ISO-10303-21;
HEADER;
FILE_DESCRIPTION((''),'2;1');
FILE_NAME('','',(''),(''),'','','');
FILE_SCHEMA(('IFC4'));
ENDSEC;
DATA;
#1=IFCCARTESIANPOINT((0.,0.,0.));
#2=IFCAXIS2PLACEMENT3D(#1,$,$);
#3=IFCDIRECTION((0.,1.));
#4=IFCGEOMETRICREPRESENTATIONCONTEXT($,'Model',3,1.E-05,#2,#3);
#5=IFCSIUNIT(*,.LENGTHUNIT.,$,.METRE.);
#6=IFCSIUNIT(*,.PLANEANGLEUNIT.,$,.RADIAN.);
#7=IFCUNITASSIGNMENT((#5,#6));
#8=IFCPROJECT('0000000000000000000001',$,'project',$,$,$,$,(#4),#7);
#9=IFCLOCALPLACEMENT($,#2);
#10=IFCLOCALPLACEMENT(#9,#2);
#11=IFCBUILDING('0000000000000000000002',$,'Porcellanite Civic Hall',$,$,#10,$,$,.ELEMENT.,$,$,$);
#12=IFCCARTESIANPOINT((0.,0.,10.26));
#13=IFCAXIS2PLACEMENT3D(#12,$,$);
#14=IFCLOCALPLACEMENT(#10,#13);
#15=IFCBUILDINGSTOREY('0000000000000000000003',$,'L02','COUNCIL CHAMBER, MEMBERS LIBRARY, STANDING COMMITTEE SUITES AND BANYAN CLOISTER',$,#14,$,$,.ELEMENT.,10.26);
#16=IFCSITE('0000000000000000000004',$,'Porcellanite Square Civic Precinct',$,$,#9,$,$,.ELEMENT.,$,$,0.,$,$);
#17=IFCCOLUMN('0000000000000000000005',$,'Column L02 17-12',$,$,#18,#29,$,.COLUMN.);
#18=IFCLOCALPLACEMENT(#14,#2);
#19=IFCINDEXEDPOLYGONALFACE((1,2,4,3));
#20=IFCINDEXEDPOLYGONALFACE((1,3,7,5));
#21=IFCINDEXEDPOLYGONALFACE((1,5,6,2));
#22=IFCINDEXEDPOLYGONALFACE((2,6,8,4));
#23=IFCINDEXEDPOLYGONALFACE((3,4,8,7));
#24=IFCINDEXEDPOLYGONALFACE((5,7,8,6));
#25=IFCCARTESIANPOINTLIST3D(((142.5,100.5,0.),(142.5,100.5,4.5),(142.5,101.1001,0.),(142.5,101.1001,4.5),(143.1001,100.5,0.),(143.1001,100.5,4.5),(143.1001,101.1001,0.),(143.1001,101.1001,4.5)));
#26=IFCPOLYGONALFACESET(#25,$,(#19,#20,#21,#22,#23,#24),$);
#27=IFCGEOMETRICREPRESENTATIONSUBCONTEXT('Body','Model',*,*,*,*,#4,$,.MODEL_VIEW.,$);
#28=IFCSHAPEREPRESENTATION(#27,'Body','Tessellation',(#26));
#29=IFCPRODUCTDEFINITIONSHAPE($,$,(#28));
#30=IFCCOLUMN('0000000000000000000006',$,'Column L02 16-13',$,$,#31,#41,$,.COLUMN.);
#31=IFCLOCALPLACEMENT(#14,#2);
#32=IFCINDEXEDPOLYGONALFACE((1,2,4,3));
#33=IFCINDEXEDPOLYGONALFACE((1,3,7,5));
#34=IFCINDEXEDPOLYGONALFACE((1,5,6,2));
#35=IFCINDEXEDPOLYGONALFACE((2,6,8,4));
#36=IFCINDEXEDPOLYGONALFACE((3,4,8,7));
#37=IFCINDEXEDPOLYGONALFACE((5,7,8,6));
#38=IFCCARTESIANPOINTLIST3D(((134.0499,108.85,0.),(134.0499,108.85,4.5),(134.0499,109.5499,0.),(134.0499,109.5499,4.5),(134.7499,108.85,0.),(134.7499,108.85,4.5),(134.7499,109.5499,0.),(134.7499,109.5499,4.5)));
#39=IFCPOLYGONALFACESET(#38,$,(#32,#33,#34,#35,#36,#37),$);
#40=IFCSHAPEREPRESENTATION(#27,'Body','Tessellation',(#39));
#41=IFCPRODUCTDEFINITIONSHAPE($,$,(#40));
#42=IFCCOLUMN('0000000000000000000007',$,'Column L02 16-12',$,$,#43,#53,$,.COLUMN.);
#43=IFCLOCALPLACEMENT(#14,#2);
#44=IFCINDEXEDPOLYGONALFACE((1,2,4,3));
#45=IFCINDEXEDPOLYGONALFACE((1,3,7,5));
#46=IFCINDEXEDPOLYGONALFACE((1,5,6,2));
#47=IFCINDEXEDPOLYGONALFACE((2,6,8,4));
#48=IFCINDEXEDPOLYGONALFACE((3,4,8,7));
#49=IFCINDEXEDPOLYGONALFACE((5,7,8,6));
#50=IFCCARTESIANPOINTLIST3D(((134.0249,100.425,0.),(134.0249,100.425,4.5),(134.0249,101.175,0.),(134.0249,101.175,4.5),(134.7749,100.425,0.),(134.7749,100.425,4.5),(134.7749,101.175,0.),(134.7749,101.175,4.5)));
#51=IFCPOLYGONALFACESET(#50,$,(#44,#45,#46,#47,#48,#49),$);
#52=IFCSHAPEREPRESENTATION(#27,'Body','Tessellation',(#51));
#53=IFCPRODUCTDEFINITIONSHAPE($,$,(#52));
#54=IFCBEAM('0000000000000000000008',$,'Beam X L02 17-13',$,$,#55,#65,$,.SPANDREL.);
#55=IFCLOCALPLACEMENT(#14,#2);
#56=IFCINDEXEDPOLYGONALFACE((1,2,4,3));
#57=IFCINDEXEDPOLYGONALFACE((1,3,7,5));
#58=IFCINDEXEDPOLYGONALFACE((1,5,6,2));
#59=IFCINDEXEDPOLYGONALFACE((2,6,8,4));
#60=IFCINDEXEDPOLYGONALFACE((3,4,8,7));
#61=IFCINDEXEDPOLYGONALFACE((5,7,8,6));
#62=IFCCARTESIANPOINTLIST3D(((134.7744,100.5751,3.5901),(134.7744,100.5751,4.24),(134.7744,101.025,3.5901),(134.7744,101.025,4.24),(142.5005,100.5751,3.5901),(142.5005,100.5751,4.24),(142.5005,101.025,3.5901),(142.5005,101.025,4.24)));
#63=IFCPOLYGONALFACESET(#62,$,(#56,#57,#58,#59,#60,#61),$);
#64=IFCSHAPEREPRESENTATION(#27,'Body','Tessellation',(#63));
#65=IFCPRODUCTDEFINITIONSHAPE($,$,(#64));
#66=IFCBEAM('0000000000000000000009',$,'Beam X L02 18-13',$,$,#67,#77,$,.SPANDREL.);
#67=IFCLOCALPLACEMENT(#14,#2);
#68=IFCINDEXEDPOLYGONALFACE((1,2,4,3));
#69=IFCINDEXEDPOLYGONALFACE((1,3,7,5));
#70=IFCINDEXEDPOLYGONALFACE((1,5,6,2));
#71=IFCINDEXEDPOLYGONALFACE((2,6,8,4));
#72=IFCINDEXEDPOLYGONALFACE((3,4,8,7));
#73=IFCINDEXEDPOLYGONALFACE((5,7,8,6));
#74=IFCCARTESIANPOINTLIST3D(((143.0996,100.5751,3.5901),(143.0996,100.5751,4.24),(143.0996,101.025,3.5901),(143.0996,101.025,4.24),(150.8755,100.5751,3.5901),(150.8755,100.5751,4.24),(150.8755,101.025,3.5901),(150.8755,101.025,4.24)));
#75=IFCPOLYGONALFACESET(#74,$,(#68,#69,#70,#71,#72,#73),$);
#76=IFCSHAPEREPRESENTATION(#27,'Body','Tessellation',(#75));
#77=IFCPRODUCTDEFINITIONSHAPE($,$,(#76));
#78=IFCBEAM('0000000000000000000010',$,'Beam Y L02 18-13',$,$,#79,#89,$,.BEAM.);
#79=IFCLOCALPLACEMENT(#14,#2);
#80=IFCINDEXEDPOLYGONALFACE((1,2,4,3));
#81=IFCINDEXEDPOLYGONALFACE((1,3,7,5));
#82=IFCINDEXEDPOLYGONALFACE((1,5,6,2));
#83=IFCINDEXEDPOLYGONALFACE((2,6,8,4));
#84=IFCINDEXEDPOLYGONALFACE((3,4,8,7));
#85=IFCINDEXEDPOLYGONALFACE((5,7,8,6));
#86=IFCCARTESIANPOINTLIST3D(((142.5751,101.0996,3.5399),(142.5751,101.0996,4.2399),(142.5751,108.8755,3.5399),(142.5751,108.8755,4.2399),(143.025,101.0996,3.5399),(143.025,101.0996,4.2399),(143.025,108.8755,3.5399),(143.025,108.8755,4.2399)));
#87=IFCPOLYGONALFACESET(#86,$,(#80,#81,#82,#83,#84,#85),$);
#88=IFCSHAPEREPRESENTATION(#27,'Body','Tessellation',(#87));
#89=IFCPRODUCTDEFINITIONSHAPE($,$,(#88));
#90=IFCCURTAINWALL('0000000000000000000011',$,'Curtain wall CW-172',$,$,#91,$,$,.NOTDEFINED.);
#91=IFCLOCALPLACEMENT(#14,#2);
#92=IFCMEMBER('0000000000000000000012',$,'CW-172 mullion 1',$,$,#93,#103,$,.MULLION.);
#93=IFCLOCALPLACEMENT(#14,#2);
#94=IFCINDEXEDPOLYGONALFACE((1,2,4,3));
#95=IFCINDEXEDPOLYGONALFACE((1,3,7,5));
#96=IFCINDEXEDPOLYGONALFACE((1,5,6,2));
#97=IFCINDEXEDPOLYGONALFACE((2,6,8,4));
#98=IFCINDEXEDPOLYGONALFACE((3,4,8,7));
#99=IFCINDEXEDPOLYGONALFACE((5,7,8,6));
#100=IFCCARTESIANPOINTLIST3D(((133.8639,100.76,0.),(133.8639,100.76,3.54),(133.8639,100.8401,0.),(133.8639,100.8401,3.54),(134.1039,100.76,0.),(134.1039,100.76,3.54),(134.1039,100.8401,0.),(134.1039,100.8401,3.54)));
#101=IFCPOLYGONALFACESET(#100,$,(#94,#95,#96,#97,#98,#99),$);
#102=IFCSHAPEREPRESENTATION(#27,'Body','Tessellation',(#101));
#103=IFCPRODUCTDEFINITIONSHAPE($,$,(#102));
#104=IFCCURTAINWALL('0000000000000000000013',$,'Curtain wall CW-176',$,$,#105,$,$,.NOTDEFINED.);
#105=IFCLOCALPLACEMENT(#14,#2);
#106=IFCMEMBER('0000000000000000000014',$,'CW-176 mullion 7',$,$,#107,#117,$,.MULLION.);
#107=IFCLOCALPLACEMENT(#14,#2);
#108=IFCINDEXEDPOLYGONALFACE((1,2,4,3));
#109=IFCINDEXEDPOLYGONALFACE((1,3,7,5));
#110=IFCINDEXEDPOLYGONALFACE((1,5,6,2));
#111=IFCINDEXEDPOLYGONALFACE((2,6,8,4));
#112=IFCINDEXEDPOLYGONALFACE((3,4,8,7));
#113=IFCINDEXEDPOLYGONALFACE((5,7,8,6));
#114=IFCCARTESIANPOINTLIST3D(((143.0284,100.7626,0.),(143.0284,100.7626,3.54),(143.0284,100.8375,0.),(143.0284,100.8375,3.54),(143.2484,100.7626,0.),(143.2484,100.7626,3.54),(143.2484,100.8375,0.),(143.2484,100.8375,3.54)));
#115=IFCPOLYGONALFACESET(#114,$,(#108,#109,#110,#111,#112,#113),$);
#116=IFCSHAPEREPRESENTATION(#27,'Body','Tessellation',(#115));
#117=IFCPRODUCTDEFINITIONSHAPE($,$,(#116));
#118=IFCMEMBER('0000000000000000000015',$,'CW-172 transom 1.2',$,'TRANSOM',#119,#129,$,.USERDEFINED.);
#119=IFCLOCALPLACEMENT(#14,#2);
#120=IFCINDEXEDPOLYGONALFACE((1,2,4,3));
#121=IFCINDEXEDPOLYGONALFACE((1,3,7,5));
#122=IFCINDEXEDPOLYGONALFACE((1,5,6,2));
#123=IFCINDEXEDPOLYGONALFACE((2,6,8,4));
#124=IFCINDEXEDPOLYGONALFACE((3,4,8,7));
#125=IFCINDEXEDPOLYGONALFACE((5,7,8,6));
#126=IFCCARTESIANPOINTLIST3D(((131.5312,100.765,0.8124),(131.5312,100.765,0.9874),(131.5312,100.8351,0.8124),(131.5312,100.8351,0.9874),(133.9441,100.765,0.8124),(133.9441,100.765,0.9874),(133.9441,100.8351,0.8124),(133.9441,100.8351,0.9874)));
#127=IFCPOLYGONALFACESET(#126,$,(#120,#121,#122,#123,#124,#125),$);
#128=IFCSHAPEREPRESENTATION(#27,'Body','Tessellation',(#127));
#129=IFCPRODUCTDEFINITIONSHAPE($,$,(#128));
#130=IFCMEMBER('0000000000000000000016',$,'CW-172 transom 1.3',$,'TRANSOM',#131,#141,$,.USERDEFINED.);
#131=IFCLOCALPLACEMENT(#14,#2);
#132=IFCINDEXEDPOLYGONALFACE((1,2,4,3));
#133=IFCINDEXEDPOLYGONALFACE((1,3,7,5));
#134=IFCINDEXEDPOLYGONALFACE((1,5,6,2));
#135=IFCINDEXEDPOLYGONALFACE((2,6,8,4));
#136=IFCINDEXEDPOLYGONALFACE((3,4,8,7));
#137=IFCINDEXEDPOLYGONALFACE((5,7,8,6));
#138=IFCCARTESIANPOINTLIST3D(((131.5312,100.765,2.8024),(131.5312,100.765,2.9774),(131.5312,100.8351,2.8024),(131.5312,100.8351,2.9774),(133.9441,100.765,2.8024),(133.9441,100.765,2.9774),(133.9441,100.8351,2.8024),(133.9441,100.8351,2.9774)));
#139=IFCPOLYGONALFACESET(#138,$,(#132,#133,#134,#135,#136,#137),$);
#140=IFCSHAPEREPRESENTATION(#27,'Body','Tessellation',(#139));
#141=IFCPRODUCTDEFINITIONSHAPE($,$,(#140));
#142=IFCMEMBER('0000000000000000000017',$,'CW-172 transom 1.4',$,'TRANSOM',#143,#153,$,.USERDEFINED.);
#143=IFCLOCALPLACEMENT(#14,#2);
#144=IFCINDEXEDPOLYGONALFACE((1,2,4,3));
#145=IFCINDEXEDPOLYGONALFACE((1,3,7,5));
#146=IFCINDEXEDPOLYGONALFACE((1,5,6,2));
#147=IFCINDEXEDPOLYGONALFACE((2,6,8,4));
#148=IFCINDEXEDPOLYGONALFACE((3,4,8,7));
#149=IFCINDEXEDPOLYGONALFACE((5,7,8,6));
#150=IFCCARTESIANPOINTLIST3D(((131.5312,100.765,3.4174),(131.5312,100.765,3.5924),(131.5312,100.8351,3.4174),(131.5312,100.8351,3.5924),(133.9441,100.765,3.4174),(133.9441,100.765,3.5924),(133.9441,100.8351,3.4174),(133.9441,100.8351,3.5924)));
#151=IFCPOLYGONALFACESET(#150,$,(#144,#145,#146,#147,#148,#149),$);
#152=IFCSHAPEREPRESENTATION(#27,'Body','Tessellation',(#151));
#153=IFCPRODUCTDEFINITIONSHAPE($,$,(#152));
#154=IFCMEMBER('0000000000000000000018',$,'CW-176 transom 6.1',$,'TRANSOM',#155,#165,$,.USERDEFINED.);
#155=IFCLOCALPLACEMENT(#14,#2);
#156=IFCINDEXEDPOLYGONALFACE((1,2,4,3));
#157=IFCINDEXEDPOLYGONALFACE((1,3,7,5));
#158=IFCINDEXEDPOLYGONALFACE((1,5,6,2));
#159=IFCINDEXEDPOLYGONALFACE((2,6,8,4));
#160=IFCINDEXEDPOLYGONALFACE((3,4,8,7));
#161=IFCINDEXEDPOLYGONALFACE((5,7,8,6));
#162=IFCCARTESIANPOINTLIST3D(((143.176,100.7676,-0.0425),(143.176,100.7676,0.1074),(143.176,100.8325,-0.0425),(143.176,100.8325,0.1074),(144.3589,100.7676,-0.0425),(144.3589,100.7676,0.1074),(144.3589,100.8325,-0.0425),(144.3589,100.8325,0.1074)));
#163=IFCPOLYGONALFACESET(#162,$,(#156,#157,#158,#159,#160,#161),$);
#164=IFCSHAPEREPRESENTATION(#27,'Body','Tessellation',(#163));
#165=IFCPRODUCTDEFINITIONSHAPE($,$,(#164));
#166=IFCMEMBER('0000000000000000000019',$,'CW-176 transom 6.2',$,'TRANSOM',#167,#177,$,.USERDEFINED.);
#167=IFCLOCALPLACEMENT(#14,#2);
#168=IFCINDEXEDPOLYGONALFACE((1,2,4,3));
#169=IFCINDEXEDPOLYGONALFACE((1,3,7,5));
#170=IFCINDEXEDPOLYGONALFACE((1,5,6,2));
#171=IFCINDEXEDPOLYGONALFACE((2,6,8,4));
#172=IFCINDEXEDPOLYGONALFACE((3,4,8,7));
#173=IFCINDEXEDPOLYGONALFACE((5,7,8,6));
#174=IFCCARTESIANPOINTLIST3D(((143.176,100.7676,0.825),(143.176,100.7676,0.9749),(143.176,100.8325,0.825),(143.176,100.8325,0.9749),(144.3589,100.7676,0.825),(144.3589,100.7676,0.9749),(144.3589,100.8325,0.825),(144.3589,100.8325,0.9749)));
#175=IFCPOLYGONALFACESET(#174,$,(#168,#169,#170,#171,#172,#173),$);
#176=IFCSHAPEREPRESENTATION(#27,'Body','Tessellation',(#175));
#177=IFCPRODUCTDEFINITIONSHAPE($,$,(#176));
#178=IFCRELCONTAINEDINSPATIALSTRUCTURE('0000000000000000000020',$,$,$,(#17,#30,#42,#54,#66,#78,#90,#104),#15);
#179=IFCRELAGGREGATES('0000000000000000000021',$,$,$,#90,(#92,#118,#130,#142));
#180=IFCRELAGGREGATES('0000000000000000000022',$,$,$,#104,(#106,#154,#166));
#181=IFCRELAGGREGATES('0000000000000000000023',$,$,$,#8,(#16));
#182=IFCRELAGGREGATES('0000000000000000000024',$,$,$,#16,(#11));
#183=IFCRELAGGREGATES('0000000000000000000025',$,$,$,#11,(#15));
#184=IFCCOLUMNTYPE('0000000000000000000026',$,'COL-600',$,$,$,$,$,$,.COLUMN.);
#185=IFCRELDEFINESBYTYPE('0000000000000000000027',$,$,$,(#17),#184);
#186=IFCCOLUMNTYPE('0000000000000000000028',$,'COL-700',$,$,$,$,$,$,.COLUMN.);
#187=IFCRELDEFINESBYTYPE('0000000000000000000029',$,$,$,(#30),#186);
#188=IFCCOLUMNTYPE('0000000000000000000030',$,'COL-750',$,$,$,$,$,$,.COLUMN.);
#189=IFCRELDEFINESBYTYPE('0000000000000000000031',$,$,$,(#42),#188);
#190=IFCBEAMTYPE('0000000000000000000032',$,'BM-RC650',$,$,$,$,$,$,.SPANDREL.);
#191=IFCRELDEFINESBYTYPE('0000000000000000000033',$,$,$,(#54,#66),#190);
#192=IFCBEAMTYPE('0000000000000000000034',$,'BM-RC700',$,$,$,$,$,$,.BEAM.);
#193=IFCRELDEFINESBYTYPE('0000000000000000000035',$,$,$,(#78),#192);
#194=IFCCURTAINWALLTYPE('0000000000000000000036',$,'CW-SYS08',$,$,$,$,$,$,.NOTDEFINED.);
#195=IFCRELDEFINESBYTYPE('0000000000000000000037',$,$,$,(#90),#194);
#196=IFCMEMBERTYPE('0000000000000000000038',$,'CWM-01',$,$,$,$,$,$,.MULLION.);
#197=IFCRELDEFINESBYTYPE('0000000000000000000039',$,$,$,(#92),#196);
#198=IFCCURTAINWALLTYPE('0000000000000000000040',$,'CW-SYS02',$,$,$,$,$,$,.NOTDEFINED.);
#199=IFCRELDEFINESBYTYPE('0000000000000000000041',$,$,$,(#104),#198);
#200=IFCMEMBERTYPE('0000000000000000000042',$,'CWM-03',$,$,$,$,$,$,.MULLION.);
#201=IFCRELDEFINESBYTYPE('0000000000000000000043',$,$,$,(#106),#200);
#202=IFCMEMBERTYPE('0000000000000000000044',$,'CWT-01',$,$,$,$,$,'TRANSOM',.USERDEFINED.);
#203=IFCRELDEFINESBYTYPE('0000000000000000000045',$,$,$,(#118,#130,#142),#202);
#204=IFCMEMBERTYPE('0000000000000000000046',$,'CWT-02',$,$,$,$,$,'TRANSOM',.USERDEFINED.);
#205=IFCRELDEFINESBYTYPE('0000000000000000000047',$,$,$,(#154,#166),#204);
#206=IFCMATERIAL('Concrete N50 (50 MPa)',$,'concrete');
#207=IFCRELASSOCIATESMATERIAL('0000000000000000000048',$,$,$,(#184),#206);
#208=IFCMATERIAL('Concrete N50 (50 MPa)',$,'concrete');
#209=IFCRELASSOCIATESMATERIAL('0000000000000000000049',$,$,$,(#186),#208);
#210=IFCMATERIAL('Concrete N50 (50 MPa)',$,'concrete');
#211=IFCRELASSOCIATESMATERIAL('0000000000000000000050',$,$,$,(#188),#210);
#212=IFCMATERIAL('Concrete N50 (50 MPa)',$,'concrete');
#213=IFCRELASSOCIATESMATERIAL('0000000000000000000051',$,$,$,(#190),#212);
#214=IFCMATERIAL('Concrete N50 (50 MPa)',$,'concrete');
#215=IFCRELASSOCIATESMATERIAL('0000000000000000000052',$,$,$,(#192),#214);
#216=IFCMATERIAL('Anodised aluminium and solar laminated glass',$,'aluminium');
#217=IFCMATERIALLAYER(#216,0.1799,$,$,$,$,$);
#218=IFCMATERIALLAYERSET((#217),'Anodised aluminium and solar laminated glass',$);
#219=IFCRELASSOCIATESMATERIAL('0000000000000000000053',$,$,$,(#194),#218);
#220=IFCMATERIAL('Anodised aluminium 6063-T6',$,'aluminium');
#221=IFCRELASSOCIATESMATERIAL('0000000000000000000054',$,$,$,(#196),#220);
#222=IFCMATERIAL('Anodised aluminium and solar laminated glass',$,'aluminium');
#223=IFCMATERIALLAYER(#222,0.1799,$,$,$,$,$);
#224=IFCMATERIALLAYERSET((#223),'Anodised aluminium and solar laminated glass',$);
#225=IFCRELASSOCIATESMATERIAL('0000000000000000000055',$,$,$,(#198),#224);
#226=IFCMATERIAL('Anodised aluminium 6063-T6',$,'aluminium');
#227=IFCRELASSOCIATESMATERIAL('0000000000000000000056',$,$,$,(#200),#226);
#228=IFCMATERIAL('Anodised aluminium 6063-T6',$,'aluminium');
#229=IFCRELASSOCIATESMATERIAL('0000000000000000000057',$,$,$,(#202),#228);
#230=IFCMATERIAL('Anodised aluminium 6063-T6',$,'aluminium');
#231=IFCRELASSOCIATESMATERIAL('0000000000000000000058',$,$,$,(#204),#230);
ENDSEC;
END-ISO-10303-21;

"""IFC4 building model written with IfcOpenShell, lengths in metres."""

from ifc_helpers import new_model, si_unit, direction, frame, origin, origin_2d, place, context, subcontext, project, spatial, rectangle, extrude, material, layer, layer_set, material_profile, profile_set, type_object, element, aggregate, save


model = new_model("IFC4")

# Units and contexts
model_context = context("Model", 3, precision=1e-05, world=origin(), true_north=direction((0.0, 1.0)))
body_context = subcontext(model_context, "Body", "Model", "MODEL_VIEW")
ifc_project = project(units=[si_unit("LENGTHUNIT", "METRE"), si_unit("PLANEANGLEUNIT", "RADIAN")], contexts=[model_context])

# Site, building, storey
site_placement = place(None, origin())
site = spatial("IfcSite", under=ifc_project, at=site_placement, Name="Porcellanite Square Civic Precinct", CompositionType="ELEMENT", RefElevation=0.0)
building_placement = place(site_placement, origin())
building = spatial("IfcBuilding", under=site, at=building_placement, Name="Porcellanite Civic Hall", CompositionType="ELEMENT")
storey_placement = place(building_placement, frame((0.0, 0.0, 10.26)))
storey = spatial("IfcBuildingStorey", under=building, at=storey_placement, Name="L02", Description="COUNCIL CHAMBER, MEMBERS LIBRARY, STANDING COMMITTEE SUITES AND BANYAN CLOISTER", CompositionType="ELEMENT", Elevation=10.26)

# Columns
ifc_material_1 = material(Name="Concrete N50 (50 MPa)", Category="concrete")
ifc_material_profile_1 = material_profile(ifc_material_1, rectangle(XDim=0.6001, YDim=0.6001, at=origin_2d()), Name="RC-600x600")
ifc_profile_set_1 = profile_set([ifc_material_profile_1], Name="Concrete N50 (50 MPa)")
column_type_1 = type_object("IfcColumnType", Name="COL-600", PredefinedType="COLUMN", material=ifc_profile_set_1)
column_1_placement = place(storey_placement, frame((142.8, 100.8, 0.0), z_axis=(0.0, 0.0, 1.0), x_axis=(1.0, 0.0, 0.0)))
element("IfcColumn", 1, at=column_1_placement, inside=storey, type_object=column_type_1, Name="Column L02 17-12", PredefinedType="COLUMN", context=body_context, shape_type="SweptSolid", body=[
    extrude(rectangle(XDim=0.6001, YDim=0.6001, at=origin_2d()), origin(), (0.0, 0.0, 1.0), 4.5),
])
ifc_material_2 = material(Name="Concrete N50 (50 MPa)", Category="concrete")
ifc_material_profile_2 = material_profile(ifc_material_2, rectangle(XDim=0.7, YDim=0.7, at=origin_2d()), Name="RC-700x700")
ifc_profile_set_2 = profile_set([ifc_material_profile_2], Name="Concrete N50 (50 MPa)")
column_type_2 = type_object("IfcColumnType", Name="COL-700", PredefinedType="COLUMN", material=ifc_profile_set_2)
column_2_placement = place(storey_placement, frame((134.3999, 109.2, 0.0), z_axis=(0.0, 0.0, 1.0), x_axis=(1.0, 0.0, 0.0)))
element("IfcColumn", 2, at=column_2_placement, inside=storey, type_object=column_type_2, Name="Column L02 16-13", PredefinedType="COLUMN", context=body_context, shape_type="SweptSolid", body=[
    extrude(rectangle(XDim=0.7, YDim=0.7, at=origin_2d()), origin(), (0.0, 0.0, 1.0), 4.5),
])
ifc_material_3 = material(Name="Concrete N50 (50 MPa)", Category="concrete")
ifc_material_profile_3 = material_profile(ifc_material_3, rectangle(XDim=0.75, YDim=0.75, at=origin_2d()), Name="RC-750x750")
ifc_profile_set_3 = profile_set([ifc_material_profile_3], Name="Concrete N50 (50 MPa)")
column_type_3 = type_object("IfcColumnType", Name="COL-750", PredefinedType="COLUMN", material=ifc_profile_set_3)
column_3_placement = place(storey_placement, frame((134.3999, 100.8, 0.0), z_axis=(0.0, 0.0, 1.0), x_axis=(1.0, 0.0, 0.0)))
element("IfcColumn", 3, at=column_3_placement, inside=storey, type_object=column_type_3, Name="Column L02 16-12", PredefinedType="COLUMN", context=body_context, shape_type="SweptSolid", body=[
    extrude(rectangle(XDim=0.75, YDim=0.75, at=origin_2d()), origin(), (0.0, 0.0, 1.0), 4.5),
])

# Beams
ifc_material_4 = material(Name="Concrete N50 (50 MPa)", Category="concrete")
ifc_material_profile_4 = material_profile(ifc_material_4, rectangle(XDim=0.45, YDim=0.6499, at=origin_2d()), Name="RC-450x650")
ifc_profile_set_4 = profile_set([ifc_material_profile_4], Name="Concrete N50 (50 MPa)")
beam_type_1 = type_object("IfcBeamType", Name="BM-RC650", PredefinedType="SPANDREL", material=ifc_profile_set_4)
beam_1_placement = place(storey_placement, frame((134.7744, 100.8, 3.915), z_axis=(1.0, 0.0, 0.0), x_axis=(0.0, 1.0, 0.0)))
element("IfcBeam", 4, at=beam_1_placement, inside=storey, type_object=beam_type_1, Name="Beam X L02 17-13", PredefinedType="SPANDREL", context=body_context, shape_type="SweptSolid", body=[
    extrude(rectangle(XDim=0.45, YDim=0.6499, at=origin_2d()), origin(), (0.0, 0.0, 1.0), 7.7261),
])
beam_2_placement = place(storey_placement, frame((143.0996, 100.8, 3.915), z_axis=(1.0, 0.0, 0.0), x_axis=(0.0, 1.0, 0.0)))
element("IfcBeam", 5, at=beam_2_placement, inside=storey, type_object=beam_type_1, Name="Beam X L02 18-13", PredefinedType="SPANDREL", context=body_context, shape_type="SweptSolid", body=[
    extrude(rectangle(XDim=0.45, YDim=0.6499, at=origin_2d()), origin(), (0.0, 0.0, 1.0), 7.7759),
])
ifc_material_5 = material(Name="Concrete N50 (50 MPa)", Category="concrete")
ifc_material_profile_5 = material_profile(ifc_material_5, rectangle(XDim=0.45, YDim=0.7, at=origin_2d()), Name="RC-450x700")
ifc_profile_set_5 = profile_set([ifc_material_profile_5], Name="Concrete N50 (50 MPa)")
beam_type_2 = type_object("IfcBeamType", Name="BM-RC700", PredefinedType="BEAM", material=ifc_profile_set_5)
beam_3_placement = place(storey_placement, frame((142.8, 101.0996, 3.8899), z_axis=(0.0, 1.0, 0.0), x_axis=(-1.0, 0.0, 0.0)))
element("IfcBeam", 6, at=beam_3_placement, inside=storey, type_object=beam_type_2, Name="Beam Y L02 18-13", PredefinedType="BEAM", context=body_context, shape_type="SweptSolid", body=[
    extrude(rectangle(XDim=0.45, YDim=0.7, at=origin_2d()), origin(), (0.0, 0.0, 1.0), 7.7759),
])

# Curtain walls, members
ifc_material_6 = material(Name="Anodised aluminium and solar laminated glass", Category="aluminium")
ifc_layer_1 = layer(ifc_material_6, 0.1799)
ifc_layer_set_1 = layer_set([ifc_layer_1], Name="Anodised aluminium and solar laminated glass")
curtain_wall_type_1 = type_object("IfcCurtainWallType", Name="CW-SYS08", PredefinedType="NOTDEFINED", material=ifc_layer_set_1)
curtain_wall_1_placement = place(storey_placement, origin())
curtain_wall_1 = element("IfcCurtainWall", 7, at=curtain_wall_1_placement, inside=storey, type_object=curtain_wall_type_1, Name="Curtain wall CW-172", PredefinedType="NOTDEFINED")
ifc_material_7 = material(Name="Anodised aluminium 6063-T6", Category="aluminium")
ifc_material_profile_6 = material_profile(ifc_material_7, rectangle(XDim=0.0801, YDim=0.24, at=origin_2d()), Name="AL-80x240")
ifc_profile_set_6 = profile_set([ifc_material_profile_6], Name="Anodised aluminium 6063-T6")
member_type_1 = type_object("IfcMemberType", Name="CWM-01", PredefinedType="MULLION", material=ifc_profile_set_6)
member_1_placement = place(storey_placement, frame((133.9839, 100.8, 0.0), z_axis=(0.0, 0.0, 1.0), x_axis=(0.0, -1.0, 0.0)))
member_1 = element("IfcMember", 8, at=member_1_placement, type_object=member_type_1, Name="CW-172 mullion 1", PredefinedType="MULLION", context=body_context, shape_type="SweptSolid", body=[
    extrude(rectangle(XDim=0.0801, YDim=0.24, at=origin_2d()), origin(), (0.0, 0.0, 1.0), 3.54),
])
ifc_material_8 = material(Name="Anodised aluminium and solar laminated glass", Category="aluminium")
ifc_layer_2 = layer(ifc_material_8, 0.1799)
ifc_layer_set_2 = layer_set([ifc_layer_2], Name="Anodised aluminium and solar laminated glass")
curtain_wall_type_2 = type_object("IfcCurtainWallType", Name="CW-SYS02", PredefinedType="NOTDEFINED", material=ifc_layer_set_2)
curtain_wall_2_placement = place(storey_placement, origin())
curtain_wall_2 = element("IfcCurtainWall", 9, at=curtain_wall_2_placement, inside=storey, type_object=curtain_wall_type_2, Name="Curtain wall CW-176", PredefinedType="NOTDEFINED")
ifc_material_9 = material(Name="Anodised aluminium 6063-T6", Category="aluminium")
ifc_material_profile_7 = material_profile(ifc_material_9, rectangle(XDim=0.075, YDim=0.22, at=origin_2d()), Name="AL-75x220")
ifc_profile_set_7 = profile_set([ifc_material_profile_7], Name="Anodised aluminium 6063-T6")
member_type_2 = type_object("IfcMemberType", Name="CWM-03", PredefinedType="MULLION", material=ifc_profile_set_7)
member_2_placement = place(storey_placement, frame((143.1384, 100.8, 0.0), z_axis=(0.0, 0.0, 1.0), x_axis=(0.0, -1.0, 0.0)))
member_2 = element("IfcMember", 10, at=member_2_placement, type_object=member_type_2, Name="CW-176 mullion 7", PredefinedType="MULLION", context=body_context, shape_type="SweptSolid", body=[
    extrude(rectangle(XDim=0.075, YDim=0.22, at=origin_2d()), origin(), (0.0, 0.0, 1.0), 3.54),
])

# Members
ifc_material_10 = material(Name="Anodised aluminium 6063-T6", Category="aluminium")
ifc_material_profile_8 = material_profile(ifc_material_10, rectangle(XDim=0.0701, YDim=0.175, at=origin_2d()), Name="AL-70x175")
ifc_profile_set_8 = profile_set([ifc_material_profile_8], Name="Anodised aluminium 6063-T6")
member_type_3 = type_object("IfcMemberType", Name="CWT-01", ElementType="TRANSOM", PredefinedType="USERDEFINED", material=ifc_profile_set_8)
member_3_placement = place(storey_placement, frame((133.9441, 100.8, 0.8999), z_axis=(-1.0, 0.0, 0.0), x_axis=(0.0, -1.0, 0.0)))
member_3 = element("IfcMember", 11, at=member_3_placement, type_object=member_type_3, Name="CW-172 transom 1.2", ObjectType="TRANSOM", PredefinedType="USERDEFINED", context=body_context, shape_type="SweptSolid", body=[
    extrude(rectangle(XDim=0.0701, YDim=0.175, at=origin_2d()), origin(), (0.0, 0.0, 1.0), 2.4128),
])
member_4_placement = place(storey_placement, frame((133.9441, 100.8, 2.8899), z_axis=(-1.0, 0.0, 0.0), x_axis=(0.0, -1.0, 0.0)))
member_4 = element("IfcMember", 12, at=member_4_placement, type_object=member_type_3, Name="CW-172 transom 1.3", ObjectType="TRANSOM", PredefinedType="USERDEFINED", context=body_context, shape_type="SweptSolid", body=[
    extrude(rectangle(XDim=0.0701, YDim=0.175, at=origin_2d()), origin(), (0.0, 0.0, 1.0), 2.4128),
])
member_5_placement = place(storey_placement, frame((133.9441, 100.8, 3.5049), z_axis=(-1.0, 0.0, 0.0), x_axis=(0.0, -1.0, 0.0)))
member_5 = element("IfcMember", 13, at=member_5_placement, type_object=member_type_3, Name="CW-172 transom 1.4", ObjectType="TRANSOM", PredefinedType="USERDEFINED", context=body_context, shape_type="SweptSolid", body=[
    extrude(rectangle(XDim=0.0701, YDim=0.175, at=origin_2d()), origin(), (0.0, 0.0, 1.0), 2.4128),
])
aggregate(curtain_wall_1, [member_1, member_3, member_4, member_5])
ifc_material_11 = material(Name="Anodised aluminium 6063-T6", Category="aluminium")
ifc_material_profile_9 = material_profile(ifc_material_11, rectangle(XDim=0.0649, YDim=0.1499, at=origin_2d()), Name="AL-65x150")
ifc_profile_set_9 = profile_set([ifc_material_profile_9], Name="Anodised aluminium 6063-T6")
member_type_4 = type_object("IfcMemberType", Name="CWT-02", ElementType="TRANSOM", PredefinedType="USERDEFINED", material=ifc_profile_set_9)
member_6_placement = place(storey_placement, frame((144.3589, 100.8, 0.0325), z_axis=(-1.0, 0.0, 0.0), x_axis=(0.0, -1.0, 0.0)))
member_6 = element("IfcMember", 14, at=member_6_placement, type_object=member_type_4, Name="CW-176 transom 6.1", ObjectType="TRANSOM", PredefinedType="USERDEFINED", context=body_context, shape_type="SweptSolid", body=[
    extrude(rectangle(XDim=0.0649, YDim=0.1499, at=origin_2d()), origin(), (0.0, 0.0, 1.0), 1.1829),
])
member_7_placement = place(storey_placement, frame((144.3589, 100.8, 0.8999), z_axis=(-1.0, 0.0, 0.0), x_axis=(0.0, -1.0, 0.0)))
member_7 = element("IfcMember", 15, at=member_7_placement, type_object=member_type_4, Name="CW-176 transom 6.2", ObjectType="TRANSOM", PredefinedType="USERDEFINED", context=body_context, shape_type="SweptSolid", body=[
    extrude(rectangle(XDim=0.0649, YDim=0.1499, at=origin_2d()), origin(), (0.0, 0.0, 1.0), 1.1829),
])

aggregate(curtain_wall_2, [member_2, member_6, member_7])

save(model, "model.ifc")
